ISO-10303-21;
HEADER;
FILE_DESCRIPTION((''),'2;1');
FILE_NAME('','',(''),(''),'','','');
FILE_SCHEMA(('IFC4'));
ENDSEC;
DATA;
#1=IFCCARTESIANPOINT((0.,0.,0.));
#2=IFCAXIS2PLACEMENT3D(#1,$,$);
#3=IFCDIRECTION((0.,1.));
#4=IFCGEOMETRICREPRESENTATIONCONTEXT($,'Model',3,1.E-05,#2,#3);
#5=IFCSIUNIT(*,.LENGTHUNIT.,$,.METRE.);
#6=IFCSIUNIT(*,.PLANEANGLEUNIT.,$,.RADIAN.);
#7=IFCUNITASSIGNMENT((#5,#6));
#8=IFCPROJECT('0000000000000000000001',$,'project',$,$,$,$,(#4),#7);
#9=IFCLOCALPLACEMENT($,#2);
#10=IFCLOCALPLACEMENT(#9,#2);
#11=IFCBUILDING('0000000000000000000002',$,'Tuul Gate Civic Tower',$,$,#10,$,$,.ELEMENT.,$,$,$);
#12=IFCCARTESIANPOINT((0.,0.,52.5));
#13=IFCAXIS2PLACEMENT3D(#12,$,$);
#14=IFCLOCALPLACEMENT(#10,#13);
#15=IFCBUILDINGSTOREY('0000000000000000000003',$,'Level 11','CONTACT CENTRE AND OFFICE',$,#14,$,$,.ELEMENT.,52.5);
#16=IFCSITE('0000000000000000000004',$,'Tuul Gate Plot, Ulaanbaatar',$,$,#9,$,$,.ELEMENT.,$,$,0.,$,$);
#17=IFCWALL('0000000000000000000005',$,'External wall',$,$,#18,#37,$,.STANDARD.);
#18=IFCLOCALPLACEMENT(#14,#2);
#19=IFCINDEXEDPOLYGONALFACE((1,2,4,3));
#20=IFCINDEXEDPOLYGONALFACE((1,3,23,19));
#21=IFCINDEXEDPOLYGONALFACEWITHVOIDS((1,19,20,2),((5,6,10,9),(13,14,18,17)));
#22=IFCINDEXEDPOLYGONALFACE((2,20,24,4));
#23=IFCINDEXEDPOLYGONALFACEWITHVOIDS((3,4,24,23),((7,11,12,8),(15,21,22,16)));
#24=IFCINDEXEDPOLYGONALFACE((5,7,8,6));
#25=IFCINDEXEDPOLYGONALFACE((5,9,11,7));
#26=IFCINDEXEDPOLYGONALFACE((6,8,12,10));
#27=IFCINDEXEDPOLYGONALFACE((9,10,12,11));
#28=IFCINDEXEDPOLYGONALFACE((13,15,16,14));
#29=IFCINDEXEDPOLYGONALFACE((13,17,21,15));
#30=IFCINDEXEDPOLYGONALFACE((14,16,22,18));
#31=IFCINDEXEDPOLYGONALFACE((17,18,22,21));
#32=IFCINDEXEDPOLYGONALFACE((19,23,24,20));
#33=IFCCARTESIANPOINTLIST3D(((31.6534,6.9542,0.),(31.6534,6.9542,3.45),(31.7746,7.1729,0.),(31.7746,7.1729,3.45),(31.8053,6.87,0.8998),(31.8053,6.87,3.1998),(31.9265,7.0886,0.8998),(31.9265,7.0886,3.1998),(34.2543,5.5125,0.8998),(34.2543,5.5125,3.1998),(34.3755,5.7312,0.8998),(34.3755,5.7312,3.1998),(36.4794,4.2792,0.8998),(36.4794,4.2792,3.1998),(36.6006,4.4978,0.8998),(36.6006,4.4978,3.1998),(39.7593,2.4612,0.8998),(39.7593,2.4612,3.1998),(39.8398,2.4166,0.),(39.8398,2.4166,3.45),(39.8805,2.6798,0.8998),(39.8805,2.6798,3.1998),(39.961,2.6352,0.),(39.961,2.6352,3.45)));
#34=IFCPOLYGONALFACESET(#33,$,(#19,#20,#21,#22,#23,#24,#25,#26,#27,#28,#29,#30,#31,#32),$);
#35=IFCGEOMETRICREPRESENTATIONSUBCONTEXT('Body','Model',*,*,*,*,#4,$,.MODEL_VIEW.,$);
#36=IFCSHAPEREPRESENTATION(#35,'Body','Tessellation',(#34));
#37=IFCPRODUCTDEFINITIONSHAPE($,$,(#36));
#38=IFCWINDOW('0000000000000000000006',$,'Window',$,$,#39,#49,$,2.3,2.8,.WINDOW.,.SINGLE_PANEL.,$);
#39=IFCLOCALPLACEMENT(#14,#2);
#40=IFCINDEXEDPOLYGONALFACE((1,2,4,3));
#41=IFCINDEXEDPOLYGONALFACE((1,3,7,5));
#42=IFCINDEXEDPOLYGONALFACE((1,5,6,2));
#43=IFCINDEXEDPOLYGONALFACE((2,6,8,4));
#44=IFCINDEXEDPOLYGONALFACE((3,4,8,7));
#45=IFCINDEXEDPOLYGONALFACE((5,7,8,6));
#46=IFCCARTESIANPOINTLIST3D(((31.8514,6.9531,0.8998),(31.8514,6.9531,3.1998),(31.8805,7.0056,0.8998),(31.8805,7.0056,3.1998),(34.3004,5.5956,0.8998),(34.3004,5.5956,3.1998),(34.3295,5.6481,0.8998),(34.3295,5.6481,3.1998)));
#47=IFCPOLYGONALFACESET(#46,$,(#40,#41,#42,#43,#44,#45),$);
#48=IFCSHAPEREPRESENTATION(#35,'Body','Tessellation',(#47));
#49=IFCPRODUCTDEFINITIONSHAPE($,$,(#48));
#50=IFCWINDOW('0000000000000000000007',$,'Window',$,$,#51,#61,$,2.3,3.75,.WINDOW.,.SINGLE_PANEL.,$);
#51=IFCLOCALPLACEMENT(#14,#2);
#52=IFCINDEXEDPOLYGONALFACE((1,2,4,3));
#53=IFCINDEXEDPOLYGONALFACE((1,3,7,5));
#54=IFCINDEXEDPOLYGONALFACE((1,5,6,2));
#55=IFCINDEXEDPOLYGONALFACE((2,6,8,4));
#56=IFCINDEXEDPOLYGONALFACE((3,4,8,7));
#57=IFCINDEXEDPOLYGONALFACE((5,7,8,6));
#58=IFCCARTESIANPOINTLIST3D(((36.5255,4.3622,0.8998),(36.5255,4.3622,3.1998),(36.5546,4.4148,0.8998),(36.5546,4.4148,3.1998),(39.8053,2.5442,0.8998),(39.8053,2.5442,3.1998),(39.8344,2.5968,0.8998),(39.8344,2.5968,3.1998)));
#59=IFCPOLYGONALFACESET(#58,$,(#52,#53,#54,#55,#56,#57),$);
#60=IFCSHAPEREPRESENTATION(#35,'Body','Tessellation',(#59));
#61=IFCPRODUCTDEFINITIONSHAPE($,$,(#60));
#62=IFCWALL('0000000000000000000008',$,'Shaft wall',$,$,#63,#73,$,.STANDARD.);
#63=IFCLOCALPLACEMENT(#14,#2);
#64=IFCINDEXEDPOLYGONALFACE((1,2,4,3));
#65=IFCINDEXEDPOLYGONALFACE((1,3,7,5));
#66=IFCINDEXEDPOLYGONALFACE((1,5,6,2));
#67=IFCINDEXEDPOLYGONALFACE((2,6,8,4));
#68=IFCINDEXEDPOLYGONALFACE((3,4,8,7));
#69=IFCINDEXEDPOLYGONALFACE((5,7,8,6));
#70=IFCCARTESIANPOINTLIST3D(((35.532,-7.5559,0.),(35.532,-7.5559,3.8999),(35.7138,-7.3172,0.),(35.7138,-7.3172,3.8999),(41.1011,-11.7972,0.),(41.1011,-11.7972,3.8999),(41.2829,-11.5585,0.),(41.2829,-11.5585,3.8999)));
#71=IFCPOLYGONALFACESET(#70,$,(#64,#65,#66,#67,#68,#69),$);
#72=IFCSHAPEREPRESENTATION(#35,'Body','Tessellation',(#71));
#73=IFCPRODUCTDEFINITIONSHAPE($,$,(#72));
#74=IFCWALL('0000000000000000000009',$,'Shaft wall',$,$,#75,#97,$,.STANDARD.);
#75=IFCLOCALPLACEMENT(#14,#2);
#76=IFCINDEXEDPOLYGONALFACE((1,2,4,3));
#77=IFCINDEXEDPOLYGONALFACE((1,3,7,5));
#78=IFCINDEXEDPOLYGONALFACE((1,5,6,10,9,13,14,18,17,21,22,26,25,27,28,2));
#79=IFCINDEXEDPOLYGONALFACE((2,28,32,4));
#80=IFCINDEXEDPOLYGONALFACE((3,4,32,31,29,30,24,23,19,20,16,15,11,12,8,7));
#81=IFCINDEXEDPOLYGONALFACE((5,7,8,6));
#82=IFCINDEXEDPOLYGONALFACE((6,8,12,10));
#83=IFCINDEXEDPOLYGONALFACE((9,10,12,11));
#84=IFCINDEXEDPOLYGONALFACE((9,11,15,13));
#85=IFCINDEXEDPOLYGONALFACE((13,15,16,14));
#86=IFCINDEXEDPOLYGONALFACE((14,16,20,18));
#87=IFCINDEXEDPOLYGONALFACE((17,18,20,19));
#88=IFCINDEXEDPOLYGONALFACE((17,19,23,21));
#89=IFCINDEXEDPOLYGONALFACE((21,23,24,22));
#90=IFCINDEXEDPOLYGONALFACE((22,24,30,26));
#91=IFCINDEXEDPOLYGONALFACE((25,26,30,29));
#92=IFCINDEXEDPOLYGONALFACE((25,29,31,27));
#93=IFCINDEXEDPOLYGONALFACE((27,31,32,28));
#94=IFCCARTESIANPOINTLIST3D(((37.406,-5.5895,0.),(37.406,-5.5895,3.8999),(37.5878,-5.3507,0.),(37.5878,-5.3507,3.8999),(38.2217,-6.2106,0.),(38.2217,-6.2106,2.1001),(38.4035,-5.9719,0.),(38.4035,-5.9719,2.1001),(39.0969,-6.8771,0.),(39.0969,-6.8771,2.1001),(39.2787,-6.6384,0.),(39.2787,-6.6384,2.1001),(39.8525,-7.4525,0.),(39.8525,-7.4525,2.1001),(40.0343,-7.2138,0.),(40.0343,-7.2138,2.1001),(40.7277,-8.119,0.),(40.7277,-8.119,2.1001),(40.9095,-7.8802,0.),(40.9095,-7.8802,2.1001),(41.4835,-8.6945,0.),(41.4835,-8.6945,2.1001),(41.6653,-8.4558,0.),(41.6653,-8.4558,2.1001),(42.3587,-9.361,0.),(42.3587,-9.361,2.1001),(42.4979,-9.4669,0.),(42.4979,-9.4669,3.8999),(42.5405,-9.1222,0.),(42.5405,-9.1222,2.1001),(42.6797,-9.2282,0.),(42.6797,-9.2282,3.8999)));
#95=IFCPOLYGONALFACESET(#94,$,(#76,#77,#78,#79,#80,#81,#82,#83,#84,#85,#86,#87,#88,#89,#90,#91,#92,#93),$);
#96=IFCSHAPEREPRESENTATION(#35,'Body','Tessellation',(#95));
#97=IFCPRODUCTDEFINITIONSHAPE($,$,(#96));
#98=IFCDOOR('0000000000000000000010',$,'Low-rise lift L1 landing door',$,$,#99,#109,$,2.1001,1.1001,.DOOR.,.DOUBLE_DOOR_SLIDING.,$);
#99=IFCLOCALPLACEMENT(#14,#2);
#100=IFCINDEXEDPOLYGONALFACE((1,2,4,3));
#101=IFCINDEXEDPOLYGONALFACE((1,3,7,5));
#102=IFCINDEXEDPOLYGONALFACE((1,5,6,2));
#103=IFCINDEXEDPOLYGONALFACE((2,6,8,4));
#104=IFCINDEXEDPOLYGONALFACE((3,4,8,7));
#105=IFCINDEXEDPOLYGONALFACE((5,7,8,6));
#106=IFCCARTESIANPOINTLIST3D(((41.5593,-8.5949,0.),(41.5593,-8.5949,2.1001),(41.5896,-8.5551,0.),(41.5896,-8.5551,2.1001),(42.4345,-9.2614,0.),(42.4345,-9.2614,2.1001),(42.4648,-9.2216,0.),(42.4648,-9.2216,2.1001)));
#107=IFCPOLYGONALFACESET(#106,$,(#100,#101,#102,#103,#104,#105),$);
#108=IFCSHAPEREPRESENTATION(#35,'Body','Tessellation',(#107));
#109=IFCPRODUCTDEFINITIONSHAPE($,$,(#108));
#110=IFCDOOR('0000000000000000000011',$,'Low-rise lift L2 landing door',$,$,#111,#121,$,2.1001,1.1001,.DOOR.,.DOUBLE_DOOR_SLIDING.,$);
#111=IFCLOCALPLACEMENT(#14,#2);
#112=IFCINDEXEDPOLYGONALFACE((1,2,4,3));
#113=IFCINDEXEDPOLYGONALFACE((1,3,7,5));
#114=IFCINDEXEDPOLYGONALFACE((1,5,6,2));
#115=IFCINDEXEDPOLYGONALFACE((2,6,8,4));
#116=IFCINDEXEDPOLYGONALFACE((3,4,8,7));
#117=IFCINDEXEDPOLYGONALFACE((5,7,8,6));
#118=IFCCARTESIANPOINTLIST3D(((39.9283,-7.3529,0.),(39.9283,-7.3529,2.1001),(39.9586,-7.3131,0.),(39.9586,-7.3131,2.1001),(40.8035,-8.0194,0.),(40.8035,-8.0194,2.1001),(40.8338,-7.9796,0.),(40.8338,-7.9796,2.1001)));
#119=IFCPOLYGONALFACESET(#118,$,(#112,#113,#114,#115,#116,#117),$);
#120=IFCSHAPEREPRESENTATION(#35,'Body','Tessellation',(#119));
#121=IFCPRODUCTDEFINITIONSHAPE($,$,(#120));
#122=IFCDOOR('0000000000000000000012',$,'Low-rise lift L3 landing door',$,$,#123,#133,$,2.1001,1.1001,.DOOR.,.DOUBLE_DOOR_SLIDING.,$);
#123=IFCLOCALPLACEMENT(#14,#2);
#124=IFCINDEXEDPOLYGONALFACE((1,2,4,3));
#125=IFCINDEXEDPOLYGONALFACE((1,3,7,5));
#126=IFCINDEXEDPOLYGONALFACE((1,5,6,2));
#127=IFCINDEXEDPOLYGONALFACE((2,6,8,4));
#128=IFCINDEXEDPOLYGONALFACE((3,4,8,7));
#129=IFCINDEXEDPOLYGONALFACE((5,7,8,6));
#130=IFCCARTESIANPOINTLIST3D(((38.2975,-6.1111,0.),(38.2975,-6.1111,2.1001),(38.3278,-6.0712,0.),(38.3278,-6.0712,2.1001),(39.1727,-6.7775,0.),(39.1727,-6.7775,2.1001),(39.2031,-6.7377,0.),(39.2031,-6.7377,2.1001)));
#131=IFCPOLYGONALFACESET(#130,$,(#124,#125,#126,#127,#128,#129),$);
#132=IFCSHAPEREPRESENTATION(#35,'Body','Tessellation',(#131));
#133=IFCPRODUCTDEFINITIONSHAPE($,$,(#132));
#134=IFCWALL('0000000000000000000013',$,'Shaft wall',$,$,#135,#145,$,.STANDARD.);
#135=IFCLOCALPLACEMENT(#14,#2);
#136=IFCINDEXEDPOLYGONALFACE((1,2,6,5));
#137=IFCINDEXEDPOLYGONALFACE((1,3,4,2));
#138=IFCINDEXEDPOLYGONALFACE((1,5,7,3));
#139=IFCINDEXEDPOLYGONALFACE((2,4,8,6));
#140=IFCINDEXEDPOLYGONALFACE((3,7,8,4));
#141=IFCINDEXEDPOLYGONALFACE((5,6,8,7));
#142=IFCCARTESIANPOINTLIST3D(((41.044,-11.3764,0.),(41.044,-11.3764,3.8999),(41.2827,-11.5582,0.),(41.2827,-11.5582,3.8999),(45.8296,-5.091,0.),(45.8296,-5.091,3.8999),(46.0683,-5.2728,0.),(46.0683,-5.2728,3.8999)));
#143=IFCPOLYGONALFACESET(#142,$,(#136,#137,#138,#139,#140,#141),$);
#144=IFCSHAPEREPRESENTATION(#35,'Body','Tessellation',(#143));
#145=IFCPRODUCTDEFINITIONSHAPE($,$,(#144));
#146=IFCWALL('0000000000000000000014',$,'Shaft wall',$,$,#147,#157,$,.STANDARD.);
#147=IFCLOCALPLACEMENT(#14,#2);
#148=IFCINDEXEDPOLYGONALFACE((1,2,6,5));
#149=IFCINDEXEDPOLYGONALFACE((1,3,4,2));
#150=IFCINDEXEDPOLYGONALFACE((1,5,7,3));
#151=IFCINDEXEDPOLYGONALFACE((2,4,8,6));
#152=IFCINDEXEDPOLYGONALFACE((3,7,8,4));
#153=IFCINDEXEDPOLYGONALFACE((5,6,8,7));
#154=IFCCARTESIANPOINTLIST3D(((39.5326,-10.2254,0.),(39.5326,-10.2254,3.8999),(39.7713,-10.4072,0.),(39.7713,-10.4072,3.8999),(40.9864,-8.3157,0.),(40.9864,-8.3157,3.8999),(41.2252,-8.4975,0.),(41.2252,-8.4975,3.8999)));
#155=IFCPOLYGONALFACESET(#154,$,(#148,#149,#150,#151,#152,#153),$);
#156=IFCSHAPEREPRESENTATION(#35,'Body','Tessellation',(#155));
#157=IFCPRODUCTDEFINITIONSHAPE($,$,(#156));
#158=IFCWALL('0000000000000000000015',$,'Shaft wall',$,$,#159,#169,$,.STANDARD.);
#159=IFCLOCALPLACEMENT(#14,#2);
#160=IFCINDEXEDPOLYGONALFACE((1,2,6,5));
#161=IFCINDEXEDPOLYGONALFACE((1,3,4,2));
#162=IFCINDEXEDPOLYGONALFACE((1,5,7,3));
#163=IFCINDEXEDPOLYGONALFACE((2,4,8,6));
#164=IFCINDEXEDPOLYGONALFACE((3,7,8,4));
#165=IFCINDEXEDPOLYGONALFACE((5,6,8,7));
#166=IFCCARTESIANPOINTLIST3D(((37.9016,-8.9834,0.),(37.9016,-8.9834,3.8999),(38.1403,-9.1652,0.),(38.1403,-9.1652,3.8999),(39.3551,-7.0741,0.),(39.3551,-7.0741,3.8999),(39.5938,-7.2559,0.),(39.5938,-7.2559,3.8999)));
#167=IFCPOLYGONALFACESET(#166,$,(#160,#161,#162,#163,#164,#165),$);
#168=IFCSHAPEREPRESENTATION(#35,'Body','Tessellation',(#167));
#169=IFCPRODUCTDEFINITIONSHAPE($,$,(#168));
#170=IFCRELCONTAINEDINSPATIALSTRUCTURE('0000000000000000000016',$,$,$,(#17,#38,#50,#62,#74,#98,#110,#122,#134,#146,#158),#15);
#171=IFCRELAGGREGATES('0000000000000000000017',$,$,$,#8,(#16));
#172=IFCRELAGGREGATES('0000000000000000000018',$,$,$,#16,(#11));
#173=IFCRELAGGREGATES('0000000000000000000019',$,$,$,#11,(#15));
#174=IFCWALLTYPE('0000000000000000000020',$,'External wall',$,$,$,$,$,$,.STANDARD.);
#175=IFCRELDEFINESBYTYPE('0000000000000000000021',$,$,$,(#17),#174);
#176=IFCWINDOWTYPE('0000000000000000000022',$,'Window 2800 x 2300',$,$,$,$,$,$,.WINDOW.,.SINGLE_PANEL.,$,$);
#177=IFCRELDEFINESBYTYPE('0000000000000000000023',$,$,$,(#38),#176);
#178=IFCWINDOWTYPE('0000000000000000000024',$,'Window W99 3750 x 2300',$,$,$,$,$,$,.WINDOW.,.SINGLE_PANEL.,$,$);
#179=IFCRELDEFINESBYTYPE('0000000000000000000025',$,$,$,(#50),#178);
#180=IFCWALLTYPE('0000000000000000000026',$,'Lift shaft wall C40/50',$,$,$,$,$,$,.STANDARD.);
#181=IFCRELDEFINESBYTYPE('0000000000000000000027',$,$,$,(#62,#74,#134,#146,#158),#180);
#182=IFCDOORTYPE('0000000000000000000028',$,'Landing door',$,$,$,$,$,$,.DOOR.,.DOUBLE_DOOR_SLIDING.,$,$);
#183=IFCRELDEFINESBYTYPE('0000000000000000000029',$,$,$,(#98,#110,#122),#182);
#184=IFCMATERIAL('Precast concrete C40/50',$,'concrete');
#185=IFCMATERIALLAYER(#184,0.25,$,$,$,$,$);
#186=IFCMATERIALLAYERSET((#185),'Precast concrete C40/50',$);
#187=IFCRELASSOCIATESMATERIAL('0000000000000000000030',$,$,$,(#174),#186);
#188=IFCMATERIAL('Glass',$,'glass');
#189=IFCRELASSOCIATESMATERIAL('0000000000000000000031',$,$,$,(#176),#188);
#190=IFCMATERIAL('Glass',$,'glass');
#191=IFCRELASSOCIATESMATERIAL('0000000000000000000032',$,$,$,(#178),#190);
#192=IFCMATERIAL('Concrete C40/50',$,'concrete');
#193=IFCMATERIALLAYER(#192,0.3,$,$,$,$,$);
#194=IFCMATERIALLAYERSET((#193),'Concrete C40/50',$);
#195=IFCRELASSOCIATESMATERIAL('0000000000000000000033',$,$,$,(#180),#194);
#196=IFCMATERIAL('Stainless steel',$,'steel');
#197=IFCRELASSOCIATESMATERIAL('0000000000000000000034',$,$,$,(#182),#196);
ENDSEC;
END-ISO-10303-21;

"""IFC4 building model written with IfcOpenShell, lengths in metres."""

from ifc_helpers import new_model, si_unit, direction, frame, frame_2d, origin, place, context, subcontext, project, spatial, rectangle, extrude, material, layer, layer_set, type_object, element, fill, save


model = new_model("IFC4")

# Units and contexts
model_context = context("Model", 3, precision=1e-05, world=origin(), true_north=direction((0.0, 1.0)))
body_context = subcontext(model_context, "Body", "Model", "MODEL_VIEW")
ifc_project = project(units=[si_unit("LENGTHUNIT", "METRE"), si_unit("PLANEANGLEUNIT", "RADIAN")], contexts=[model_context])

# Site, building, storey
site_placement = place(None, origin())
site = spatial("IfcSite", under=ifc_project, at=site_placement, Name="Tuul Gate Plot, Ulaanbaatar", CompositionType="ELEMENT", RefElevation=0.0)
building_placement = place(site_placement, origin())
building = spatial("IfcBuilding", under=site, at=building_placement, Name="Tuul Gate Civic Tower", CompositionType="ELEMENT")
storey_placement = place(building_placement, frame((0.0, 0.0, 52.5)))
storey = spatial("IfcBuildingStorey", under=building, at=storey_placement, Name="Level 11", Description="CONTACT CENTRE AND OFFICE", CompositionType="ELEMENT", Elevation=52.5)

# Wall, openings, windows
ifc_material_1 = material(Name="Precast concrete C40/50", Category="concrete")
ifc_layer_1 = layer(ifc_material_1, 0.25)
ifc_layer_set_1 = layer_set([ifc_layer_1], Name="Precast concrete C40/50")
wall_type_1 = type_object("IfcWallType", Name="External wall", PredefinedType="STANDARD", material=ifc_layer_set_1)
wall_1_placement = place(storey_placement, frame((39.9004, 2.5259, 0.0), z_axis=(0.0, 0.0, 1.0), x_axis=(-0.874626, 0.484799, 0.0)))
wall_1 = element("IfcWall", 1, at=wall_1_placement, inside=storey, type_object=wall_type_1, Name="External wall", PredefinedType="STANDARD", context=body_context, shape_type="SweptSolid", body=[
    extrude(rectangle(XDim=9.3599, YDim=0.25, at=frame_2d((4.6799, 0.0))), origin(), (0.0, 0.0, 1.0), 3.45),
])
opening_1_placement = place(wall_1_placement, frame((0.092, 0.0, 0.8999)))
opening_1 = element("IfcOpeningElement", 2, at=opening_1_placement, cuts=wall_1, PredefinedType="OPENING", context=body_context, shape_type="SweptSolid", body=[
    extrude(rectangle(XDim=3.75, YDim=2.3, at=frame_2d((1.875, 1.1499))), frame((0.0, 0.135, 0.0), z_axis=(0.0, -1.0, 0.0), x_axis=(1.0, 0.0, 0.0)), (0.0, 0.0, 1.0), 0.27),
])
opening_2_placement = place(wall_1_placement, frame((6.3862, 0.0, 0.8999)))
opening_2 = element("IfcOpeningElement", 3, at=opening_2_placement, cuts=wall_1, PredefinedType="OPENING", context=body_context, shape_type="SweptSolid", body=[
    extrude(rectangle(XDim=2.8, YDim=2.3, at=frame_2d((1.3999, 1.1499))), frame((0.0, 0.135, 0.0), z_axis=(0.0, -1.0, 0.0), x_axis=(1.0, 0.0, 0.0)), (0.0, 0.0, 1.0), 0.27),
])
ifc_material_2 = material(Name="Glass", Category="glass")
window_type_1 = type_object("IfcWindowType", Name="Window 2800 x 2300", PartitioningType="SINGLE_PANEL", PredefinedType="WINDOW", material=ifc_material_2)
window_1_placement = place(opening_2_placement, origin())
window_1 = element("IfcWindow", 4, at=window_1_placement, inside=storey, type_object=window_type_1, Name="Window", OverallHeight=2.3, OverallWidth=2.8, PartitioningType="SINGLE_PANEL", PredefinedType="WINDOW", context=body_context, shape_type="SweptSolid", body=[
    extrude(rectangle(XDim=2.8, YDim=2.3, at=frame_2d((1.3999, 1.1499))), frame((0.0, 0.03, 0.0), z_axis=(0.0, -1.0, 0.0), x_axis=(1.0, 0.0, 0.0)), (0.0, 0.0, 1.0), 0.0601),
])
fill(opening_2, window_1)
ifc_material_3 = material(Name="Glass", Category="glass")
window_type_2 = type_object("IfcWindowType", Name="Window W99 3750 x 2300", PartitioningType="SINGLE_PANEL", PredefinedType="WINDOW", material=ifc_material_3)
window_2_placement = place(opening_1_placement, origin())
window_2 = element("IfcWindow", 5, at=window_2_placement, inside=storey, type_object=window_type_2, Name="Window", OverallHeight=2.3, OverallWidth=3.75, PartitioningType="SINGLE_PANEL", PredefinedType="WINDOW", context=body_context, shape_type="SweptSolid", body=[
    extrude(rectangle(XDim=3.75, YDim=2.3, at=frame_2d((1.875, 1.1499))), frame((0.0, 0.03, 0.0), z_axis=(0.0, -1.0, 0.0), x_axis=(1.0, 0.0, 0.0)), (0.0, 0.0, 1.0), 0.0601),
])
fill(opening_1, window_2)

# Wall
ifc_material_4 = material(Name="Concrete C40/50", Category="concrete")
ifc_layer_2 = layer(ifc_material_4, 0.3)
ifc_layer_set_2 = layer_set([ifc_layer_2], Name="Concrete C40/50")
wall_type_2 = type_object("IfcWallType", Name="Lift shaft wall C40/50", PredefinedType="STANDARD", material=ifc_layer_set_2)
wall_2_placement = place(storey_placement, frame((41.1919, -11.6777, 0.0), z_axis=(0.0, 0.0, 1.0), x_axis=(-0.795563, 0.605871, 0.0)))
element("IfcWall", 6, at=wall_2_placement, inside=storey, type_object=wall_type_2, Name="Shaft wall", PredefinedType="STANDARD", context=body_context, shape_type="SweptSolid", body=[
    extrude(rectangle(XDim=7.0002, YDim=0.3, at=frame_2d((3.5, 0.0))), origin(), (0.0, 0.0, 1.0), 3.8999),
])

# Wall, openings, doors
wall_3_placement = place(storey_placement, frame((42.5889, -9.3477, 0.0), z_axis=(0.0, 0.0, 1.0), x_axis=(-0.795584, 0.605843, 0.0)))
wall_3 = element("IfcWall", 7, at=wall_3_placement, inside=storey, type_object=wall_type_2, Name="Shaft wall", PredefinedType="STANDARD", context=body_context, shape_type="SweptSolid", body=[
    extrude(rectangle(XDim=6.4001, YDim=0.3, at=frame_2d((3.2002, 0.0))), origin(), (0.0, 0.0, 1.0), 3.8999),
])
opening_3_placement = place(wall_3_placement, frame((0.175, 0.0, 0.0)))
opening_3 = element("IfcOpeningElement", 8, at=opening_3_placement, cuts=wall_3, PredefinedType="OPENING", context=body_context, shape_type="SweptSolid", body=[
    extrude(rectangle(XDim=1.1001, YDim=2.1001, at=frame_2d((0.55, 1.05))), frame((0.0, 0.1602, 0.0), z_axis=(0.0, -1.0, 0.0), x_axis=(1.0, 0.0, 0.0)), (0.0, 0.0, 1.0), 0.3201),
])
opening_4_placement = place(wall_3_placement, frame((2.2251, 0.0, 0.0)))
opening_4 = element("IfcOpeningElement", 9, at=opening_4_placement, cuts=wall_3, PredefinedType="OPENING", context=body_context, shape_type="SweptSolid", body=[
    extrude(rectangle(XDim=1.1001, YDim=2.1001, at=frame_2d((0.55, 1.05))), frame((0.0, 0.1602, 0.0), z_axis=(0.0, -1.0, 0.0), x_axis=(1.0, 0.0, 0.0)), (0.0, 0.0, 1.0), 0.3201),
])
opening_5_placement = place(wall_3_placement, frame((4.2749, 0.0, 0.0)))
opening_5 = element("IfcOpeningElement", 10, at=opening_5_placement, cuts=wall_3, PredefinedType="OPENING", context=body_context, shape_type="SweptSolid", body=[
    extrude(rectangle(XDim=1.1001, YDim=2.1001, at=frame_2d((0.55, 1.05))), frame((0.0, 0.1602, 0.0), z_axis=(0.0, -1.0, 0.0), x_axis=(1.0, 0.0, 0.0)), (0.0, 0.0, 1.0), 0.3201),
])
ifc_material_5 = material(Name="Stainless steel", Category="steel")
door_type_1 = type_object("IfcDoorType", Name="Landing door", OperationType="DOUBLE_DOOR_SLIDING", PredefinedType="DOOR", material=ifc_material_5)
door_1_placement = place(opening_3_placement, origin())
door_1 = element("IfcDoor", 11, at=door_1_placement, inside=storey, type_object=door_type_1, Name="Low-rise lift L1 landing door", OperationType="DOUBLE_DOOR_SLIDING", OverallHeight=2.1001, OverallWidth=1.1001, PredefinedType="DOOR", context=body_context, shape_type="SweptSolid", body=[
    extrude(rectangle(XDim=1.1001, YDim=2.1001, at=frame_2d((0.55, 1.05))), frame((0.0, 0.0249, 0.0), z_axis=(0.0, -1.0, 0.0), x_axis=(1.0, 0.0, 0.0)), (0.0, 0.0, 1.0), 0.05),
])
fill(opening_3, door_1)
door_2_placement = place(opening_4_placement, origin())
door_2 = element("IfcDoor", 12, at=door_2_placement, inside=storey, type_object=door_type_1, Name="Low-rise lift L2 landing door", OperationType="DOUBLE_DOOR_SLIDING", OverallHeight=2.1001, OverallWidth=1.1001, PredefinedType="DOOR", context=body_context, shape_type="SweptSolid", body=[
    extrude(rectangle(XDim=1.1001, YDim=2.1001, at=frame_2d((0.55, 1.05))), frame((0.0, 0.0249, 0.0), z_axis=(0.0, -1.0, 0.0), x_axis=(1.0, 0.0, 0.0)), (0.0, 0.0, 1.0), 0.05),
])
fill(opening_4, door_2)
door_3_placement = place(opening_5_placement, origin())
door_3 = element("IfcDoor", 13, at=door_3_placement, inside=storey, type_object=door_type_1, Name="Low-rise lift L3 landing door", OperationType="DOUBLE_DOOR_SLIDING", OverallHeight=2.1001, OverallWidth=1.1001, PredefinedType="DOOR", context=body_context, shape_type="SweptSolid", body=[
    extrude(rectangle(XDim=1.1001, YDim=2.1001, at=frame_2d((0.55, 1.05))), frame((0.0, 0.0249, 0.0), z_axis=(0.0, -1.0, 0.0), x_axis=(1.0, 0.0, 0.0)), (0.0, 0.0, 1.0), 0.05),
])
fill(opening_5, door_3)

# Walls
wall_4_placement = place(storey_placement, frame((41.1633, -11.4673, 0.0), z_axis=(0.0, 0.0, 1.0), x_axis=(0.605784, 0.795629, 0.0)))
element("IfcWall", 14, at=wall_4_placement, inside=storey, type_object=wall_type_2, Name="Shaft wall", PredefinedType="STANDARD", context=body_context, shape_type="SweptSolid", body=[
    extrude(rectangle(XDim=7.8999, YDim=0.3, at=frame_2d((3.95, 0.0))), origin(), (0.0, 0.0, 1.0), 3.8999),
])
wall_5_placement = place(storey_placement, frame((39.6519, -10.3164, 0.0), z_axis=(0.0, 0.0, 1.0), x_axis=(0.605746, 0.795658, 0.0)))
element("IfcWall", 15, at=wall_5_placement, inside=storey, type_object=wall_type_2, Name="Shaft wall", PredefinedType="STANDARD", context=body_context, shape_type="SweptSolid", body=[
    extrude(rectangle(XDim=2.4001, YDim=0.3, at=frame_2d((1.2002, 0.0))), origin(), (0.0, 0.0, 1.0), 3.8999),
])
wall_6_placement = place(storey_placement, frame((38.021, -9.0742, 0.0), z_axis=(0.0, 0.0, 1.0), x_axis=(0.605731, 0.79567, 0.0)))
element("IfcWall", 16, at=wall_6_placement, inside=storey, type_object=wall_type_2, Name="Shaft wall", PredefinedType="STANDARD", context=body_context, shape_type="SweptSolid", body=[
    extrude(rectangle(XDim=2.3997, YDim=0.3, at=frame_2d((1.1997, 0.0))), origin(), (0.0, 0.0, 1.0), 3.8999),
])

save(model, "model.ifc")
